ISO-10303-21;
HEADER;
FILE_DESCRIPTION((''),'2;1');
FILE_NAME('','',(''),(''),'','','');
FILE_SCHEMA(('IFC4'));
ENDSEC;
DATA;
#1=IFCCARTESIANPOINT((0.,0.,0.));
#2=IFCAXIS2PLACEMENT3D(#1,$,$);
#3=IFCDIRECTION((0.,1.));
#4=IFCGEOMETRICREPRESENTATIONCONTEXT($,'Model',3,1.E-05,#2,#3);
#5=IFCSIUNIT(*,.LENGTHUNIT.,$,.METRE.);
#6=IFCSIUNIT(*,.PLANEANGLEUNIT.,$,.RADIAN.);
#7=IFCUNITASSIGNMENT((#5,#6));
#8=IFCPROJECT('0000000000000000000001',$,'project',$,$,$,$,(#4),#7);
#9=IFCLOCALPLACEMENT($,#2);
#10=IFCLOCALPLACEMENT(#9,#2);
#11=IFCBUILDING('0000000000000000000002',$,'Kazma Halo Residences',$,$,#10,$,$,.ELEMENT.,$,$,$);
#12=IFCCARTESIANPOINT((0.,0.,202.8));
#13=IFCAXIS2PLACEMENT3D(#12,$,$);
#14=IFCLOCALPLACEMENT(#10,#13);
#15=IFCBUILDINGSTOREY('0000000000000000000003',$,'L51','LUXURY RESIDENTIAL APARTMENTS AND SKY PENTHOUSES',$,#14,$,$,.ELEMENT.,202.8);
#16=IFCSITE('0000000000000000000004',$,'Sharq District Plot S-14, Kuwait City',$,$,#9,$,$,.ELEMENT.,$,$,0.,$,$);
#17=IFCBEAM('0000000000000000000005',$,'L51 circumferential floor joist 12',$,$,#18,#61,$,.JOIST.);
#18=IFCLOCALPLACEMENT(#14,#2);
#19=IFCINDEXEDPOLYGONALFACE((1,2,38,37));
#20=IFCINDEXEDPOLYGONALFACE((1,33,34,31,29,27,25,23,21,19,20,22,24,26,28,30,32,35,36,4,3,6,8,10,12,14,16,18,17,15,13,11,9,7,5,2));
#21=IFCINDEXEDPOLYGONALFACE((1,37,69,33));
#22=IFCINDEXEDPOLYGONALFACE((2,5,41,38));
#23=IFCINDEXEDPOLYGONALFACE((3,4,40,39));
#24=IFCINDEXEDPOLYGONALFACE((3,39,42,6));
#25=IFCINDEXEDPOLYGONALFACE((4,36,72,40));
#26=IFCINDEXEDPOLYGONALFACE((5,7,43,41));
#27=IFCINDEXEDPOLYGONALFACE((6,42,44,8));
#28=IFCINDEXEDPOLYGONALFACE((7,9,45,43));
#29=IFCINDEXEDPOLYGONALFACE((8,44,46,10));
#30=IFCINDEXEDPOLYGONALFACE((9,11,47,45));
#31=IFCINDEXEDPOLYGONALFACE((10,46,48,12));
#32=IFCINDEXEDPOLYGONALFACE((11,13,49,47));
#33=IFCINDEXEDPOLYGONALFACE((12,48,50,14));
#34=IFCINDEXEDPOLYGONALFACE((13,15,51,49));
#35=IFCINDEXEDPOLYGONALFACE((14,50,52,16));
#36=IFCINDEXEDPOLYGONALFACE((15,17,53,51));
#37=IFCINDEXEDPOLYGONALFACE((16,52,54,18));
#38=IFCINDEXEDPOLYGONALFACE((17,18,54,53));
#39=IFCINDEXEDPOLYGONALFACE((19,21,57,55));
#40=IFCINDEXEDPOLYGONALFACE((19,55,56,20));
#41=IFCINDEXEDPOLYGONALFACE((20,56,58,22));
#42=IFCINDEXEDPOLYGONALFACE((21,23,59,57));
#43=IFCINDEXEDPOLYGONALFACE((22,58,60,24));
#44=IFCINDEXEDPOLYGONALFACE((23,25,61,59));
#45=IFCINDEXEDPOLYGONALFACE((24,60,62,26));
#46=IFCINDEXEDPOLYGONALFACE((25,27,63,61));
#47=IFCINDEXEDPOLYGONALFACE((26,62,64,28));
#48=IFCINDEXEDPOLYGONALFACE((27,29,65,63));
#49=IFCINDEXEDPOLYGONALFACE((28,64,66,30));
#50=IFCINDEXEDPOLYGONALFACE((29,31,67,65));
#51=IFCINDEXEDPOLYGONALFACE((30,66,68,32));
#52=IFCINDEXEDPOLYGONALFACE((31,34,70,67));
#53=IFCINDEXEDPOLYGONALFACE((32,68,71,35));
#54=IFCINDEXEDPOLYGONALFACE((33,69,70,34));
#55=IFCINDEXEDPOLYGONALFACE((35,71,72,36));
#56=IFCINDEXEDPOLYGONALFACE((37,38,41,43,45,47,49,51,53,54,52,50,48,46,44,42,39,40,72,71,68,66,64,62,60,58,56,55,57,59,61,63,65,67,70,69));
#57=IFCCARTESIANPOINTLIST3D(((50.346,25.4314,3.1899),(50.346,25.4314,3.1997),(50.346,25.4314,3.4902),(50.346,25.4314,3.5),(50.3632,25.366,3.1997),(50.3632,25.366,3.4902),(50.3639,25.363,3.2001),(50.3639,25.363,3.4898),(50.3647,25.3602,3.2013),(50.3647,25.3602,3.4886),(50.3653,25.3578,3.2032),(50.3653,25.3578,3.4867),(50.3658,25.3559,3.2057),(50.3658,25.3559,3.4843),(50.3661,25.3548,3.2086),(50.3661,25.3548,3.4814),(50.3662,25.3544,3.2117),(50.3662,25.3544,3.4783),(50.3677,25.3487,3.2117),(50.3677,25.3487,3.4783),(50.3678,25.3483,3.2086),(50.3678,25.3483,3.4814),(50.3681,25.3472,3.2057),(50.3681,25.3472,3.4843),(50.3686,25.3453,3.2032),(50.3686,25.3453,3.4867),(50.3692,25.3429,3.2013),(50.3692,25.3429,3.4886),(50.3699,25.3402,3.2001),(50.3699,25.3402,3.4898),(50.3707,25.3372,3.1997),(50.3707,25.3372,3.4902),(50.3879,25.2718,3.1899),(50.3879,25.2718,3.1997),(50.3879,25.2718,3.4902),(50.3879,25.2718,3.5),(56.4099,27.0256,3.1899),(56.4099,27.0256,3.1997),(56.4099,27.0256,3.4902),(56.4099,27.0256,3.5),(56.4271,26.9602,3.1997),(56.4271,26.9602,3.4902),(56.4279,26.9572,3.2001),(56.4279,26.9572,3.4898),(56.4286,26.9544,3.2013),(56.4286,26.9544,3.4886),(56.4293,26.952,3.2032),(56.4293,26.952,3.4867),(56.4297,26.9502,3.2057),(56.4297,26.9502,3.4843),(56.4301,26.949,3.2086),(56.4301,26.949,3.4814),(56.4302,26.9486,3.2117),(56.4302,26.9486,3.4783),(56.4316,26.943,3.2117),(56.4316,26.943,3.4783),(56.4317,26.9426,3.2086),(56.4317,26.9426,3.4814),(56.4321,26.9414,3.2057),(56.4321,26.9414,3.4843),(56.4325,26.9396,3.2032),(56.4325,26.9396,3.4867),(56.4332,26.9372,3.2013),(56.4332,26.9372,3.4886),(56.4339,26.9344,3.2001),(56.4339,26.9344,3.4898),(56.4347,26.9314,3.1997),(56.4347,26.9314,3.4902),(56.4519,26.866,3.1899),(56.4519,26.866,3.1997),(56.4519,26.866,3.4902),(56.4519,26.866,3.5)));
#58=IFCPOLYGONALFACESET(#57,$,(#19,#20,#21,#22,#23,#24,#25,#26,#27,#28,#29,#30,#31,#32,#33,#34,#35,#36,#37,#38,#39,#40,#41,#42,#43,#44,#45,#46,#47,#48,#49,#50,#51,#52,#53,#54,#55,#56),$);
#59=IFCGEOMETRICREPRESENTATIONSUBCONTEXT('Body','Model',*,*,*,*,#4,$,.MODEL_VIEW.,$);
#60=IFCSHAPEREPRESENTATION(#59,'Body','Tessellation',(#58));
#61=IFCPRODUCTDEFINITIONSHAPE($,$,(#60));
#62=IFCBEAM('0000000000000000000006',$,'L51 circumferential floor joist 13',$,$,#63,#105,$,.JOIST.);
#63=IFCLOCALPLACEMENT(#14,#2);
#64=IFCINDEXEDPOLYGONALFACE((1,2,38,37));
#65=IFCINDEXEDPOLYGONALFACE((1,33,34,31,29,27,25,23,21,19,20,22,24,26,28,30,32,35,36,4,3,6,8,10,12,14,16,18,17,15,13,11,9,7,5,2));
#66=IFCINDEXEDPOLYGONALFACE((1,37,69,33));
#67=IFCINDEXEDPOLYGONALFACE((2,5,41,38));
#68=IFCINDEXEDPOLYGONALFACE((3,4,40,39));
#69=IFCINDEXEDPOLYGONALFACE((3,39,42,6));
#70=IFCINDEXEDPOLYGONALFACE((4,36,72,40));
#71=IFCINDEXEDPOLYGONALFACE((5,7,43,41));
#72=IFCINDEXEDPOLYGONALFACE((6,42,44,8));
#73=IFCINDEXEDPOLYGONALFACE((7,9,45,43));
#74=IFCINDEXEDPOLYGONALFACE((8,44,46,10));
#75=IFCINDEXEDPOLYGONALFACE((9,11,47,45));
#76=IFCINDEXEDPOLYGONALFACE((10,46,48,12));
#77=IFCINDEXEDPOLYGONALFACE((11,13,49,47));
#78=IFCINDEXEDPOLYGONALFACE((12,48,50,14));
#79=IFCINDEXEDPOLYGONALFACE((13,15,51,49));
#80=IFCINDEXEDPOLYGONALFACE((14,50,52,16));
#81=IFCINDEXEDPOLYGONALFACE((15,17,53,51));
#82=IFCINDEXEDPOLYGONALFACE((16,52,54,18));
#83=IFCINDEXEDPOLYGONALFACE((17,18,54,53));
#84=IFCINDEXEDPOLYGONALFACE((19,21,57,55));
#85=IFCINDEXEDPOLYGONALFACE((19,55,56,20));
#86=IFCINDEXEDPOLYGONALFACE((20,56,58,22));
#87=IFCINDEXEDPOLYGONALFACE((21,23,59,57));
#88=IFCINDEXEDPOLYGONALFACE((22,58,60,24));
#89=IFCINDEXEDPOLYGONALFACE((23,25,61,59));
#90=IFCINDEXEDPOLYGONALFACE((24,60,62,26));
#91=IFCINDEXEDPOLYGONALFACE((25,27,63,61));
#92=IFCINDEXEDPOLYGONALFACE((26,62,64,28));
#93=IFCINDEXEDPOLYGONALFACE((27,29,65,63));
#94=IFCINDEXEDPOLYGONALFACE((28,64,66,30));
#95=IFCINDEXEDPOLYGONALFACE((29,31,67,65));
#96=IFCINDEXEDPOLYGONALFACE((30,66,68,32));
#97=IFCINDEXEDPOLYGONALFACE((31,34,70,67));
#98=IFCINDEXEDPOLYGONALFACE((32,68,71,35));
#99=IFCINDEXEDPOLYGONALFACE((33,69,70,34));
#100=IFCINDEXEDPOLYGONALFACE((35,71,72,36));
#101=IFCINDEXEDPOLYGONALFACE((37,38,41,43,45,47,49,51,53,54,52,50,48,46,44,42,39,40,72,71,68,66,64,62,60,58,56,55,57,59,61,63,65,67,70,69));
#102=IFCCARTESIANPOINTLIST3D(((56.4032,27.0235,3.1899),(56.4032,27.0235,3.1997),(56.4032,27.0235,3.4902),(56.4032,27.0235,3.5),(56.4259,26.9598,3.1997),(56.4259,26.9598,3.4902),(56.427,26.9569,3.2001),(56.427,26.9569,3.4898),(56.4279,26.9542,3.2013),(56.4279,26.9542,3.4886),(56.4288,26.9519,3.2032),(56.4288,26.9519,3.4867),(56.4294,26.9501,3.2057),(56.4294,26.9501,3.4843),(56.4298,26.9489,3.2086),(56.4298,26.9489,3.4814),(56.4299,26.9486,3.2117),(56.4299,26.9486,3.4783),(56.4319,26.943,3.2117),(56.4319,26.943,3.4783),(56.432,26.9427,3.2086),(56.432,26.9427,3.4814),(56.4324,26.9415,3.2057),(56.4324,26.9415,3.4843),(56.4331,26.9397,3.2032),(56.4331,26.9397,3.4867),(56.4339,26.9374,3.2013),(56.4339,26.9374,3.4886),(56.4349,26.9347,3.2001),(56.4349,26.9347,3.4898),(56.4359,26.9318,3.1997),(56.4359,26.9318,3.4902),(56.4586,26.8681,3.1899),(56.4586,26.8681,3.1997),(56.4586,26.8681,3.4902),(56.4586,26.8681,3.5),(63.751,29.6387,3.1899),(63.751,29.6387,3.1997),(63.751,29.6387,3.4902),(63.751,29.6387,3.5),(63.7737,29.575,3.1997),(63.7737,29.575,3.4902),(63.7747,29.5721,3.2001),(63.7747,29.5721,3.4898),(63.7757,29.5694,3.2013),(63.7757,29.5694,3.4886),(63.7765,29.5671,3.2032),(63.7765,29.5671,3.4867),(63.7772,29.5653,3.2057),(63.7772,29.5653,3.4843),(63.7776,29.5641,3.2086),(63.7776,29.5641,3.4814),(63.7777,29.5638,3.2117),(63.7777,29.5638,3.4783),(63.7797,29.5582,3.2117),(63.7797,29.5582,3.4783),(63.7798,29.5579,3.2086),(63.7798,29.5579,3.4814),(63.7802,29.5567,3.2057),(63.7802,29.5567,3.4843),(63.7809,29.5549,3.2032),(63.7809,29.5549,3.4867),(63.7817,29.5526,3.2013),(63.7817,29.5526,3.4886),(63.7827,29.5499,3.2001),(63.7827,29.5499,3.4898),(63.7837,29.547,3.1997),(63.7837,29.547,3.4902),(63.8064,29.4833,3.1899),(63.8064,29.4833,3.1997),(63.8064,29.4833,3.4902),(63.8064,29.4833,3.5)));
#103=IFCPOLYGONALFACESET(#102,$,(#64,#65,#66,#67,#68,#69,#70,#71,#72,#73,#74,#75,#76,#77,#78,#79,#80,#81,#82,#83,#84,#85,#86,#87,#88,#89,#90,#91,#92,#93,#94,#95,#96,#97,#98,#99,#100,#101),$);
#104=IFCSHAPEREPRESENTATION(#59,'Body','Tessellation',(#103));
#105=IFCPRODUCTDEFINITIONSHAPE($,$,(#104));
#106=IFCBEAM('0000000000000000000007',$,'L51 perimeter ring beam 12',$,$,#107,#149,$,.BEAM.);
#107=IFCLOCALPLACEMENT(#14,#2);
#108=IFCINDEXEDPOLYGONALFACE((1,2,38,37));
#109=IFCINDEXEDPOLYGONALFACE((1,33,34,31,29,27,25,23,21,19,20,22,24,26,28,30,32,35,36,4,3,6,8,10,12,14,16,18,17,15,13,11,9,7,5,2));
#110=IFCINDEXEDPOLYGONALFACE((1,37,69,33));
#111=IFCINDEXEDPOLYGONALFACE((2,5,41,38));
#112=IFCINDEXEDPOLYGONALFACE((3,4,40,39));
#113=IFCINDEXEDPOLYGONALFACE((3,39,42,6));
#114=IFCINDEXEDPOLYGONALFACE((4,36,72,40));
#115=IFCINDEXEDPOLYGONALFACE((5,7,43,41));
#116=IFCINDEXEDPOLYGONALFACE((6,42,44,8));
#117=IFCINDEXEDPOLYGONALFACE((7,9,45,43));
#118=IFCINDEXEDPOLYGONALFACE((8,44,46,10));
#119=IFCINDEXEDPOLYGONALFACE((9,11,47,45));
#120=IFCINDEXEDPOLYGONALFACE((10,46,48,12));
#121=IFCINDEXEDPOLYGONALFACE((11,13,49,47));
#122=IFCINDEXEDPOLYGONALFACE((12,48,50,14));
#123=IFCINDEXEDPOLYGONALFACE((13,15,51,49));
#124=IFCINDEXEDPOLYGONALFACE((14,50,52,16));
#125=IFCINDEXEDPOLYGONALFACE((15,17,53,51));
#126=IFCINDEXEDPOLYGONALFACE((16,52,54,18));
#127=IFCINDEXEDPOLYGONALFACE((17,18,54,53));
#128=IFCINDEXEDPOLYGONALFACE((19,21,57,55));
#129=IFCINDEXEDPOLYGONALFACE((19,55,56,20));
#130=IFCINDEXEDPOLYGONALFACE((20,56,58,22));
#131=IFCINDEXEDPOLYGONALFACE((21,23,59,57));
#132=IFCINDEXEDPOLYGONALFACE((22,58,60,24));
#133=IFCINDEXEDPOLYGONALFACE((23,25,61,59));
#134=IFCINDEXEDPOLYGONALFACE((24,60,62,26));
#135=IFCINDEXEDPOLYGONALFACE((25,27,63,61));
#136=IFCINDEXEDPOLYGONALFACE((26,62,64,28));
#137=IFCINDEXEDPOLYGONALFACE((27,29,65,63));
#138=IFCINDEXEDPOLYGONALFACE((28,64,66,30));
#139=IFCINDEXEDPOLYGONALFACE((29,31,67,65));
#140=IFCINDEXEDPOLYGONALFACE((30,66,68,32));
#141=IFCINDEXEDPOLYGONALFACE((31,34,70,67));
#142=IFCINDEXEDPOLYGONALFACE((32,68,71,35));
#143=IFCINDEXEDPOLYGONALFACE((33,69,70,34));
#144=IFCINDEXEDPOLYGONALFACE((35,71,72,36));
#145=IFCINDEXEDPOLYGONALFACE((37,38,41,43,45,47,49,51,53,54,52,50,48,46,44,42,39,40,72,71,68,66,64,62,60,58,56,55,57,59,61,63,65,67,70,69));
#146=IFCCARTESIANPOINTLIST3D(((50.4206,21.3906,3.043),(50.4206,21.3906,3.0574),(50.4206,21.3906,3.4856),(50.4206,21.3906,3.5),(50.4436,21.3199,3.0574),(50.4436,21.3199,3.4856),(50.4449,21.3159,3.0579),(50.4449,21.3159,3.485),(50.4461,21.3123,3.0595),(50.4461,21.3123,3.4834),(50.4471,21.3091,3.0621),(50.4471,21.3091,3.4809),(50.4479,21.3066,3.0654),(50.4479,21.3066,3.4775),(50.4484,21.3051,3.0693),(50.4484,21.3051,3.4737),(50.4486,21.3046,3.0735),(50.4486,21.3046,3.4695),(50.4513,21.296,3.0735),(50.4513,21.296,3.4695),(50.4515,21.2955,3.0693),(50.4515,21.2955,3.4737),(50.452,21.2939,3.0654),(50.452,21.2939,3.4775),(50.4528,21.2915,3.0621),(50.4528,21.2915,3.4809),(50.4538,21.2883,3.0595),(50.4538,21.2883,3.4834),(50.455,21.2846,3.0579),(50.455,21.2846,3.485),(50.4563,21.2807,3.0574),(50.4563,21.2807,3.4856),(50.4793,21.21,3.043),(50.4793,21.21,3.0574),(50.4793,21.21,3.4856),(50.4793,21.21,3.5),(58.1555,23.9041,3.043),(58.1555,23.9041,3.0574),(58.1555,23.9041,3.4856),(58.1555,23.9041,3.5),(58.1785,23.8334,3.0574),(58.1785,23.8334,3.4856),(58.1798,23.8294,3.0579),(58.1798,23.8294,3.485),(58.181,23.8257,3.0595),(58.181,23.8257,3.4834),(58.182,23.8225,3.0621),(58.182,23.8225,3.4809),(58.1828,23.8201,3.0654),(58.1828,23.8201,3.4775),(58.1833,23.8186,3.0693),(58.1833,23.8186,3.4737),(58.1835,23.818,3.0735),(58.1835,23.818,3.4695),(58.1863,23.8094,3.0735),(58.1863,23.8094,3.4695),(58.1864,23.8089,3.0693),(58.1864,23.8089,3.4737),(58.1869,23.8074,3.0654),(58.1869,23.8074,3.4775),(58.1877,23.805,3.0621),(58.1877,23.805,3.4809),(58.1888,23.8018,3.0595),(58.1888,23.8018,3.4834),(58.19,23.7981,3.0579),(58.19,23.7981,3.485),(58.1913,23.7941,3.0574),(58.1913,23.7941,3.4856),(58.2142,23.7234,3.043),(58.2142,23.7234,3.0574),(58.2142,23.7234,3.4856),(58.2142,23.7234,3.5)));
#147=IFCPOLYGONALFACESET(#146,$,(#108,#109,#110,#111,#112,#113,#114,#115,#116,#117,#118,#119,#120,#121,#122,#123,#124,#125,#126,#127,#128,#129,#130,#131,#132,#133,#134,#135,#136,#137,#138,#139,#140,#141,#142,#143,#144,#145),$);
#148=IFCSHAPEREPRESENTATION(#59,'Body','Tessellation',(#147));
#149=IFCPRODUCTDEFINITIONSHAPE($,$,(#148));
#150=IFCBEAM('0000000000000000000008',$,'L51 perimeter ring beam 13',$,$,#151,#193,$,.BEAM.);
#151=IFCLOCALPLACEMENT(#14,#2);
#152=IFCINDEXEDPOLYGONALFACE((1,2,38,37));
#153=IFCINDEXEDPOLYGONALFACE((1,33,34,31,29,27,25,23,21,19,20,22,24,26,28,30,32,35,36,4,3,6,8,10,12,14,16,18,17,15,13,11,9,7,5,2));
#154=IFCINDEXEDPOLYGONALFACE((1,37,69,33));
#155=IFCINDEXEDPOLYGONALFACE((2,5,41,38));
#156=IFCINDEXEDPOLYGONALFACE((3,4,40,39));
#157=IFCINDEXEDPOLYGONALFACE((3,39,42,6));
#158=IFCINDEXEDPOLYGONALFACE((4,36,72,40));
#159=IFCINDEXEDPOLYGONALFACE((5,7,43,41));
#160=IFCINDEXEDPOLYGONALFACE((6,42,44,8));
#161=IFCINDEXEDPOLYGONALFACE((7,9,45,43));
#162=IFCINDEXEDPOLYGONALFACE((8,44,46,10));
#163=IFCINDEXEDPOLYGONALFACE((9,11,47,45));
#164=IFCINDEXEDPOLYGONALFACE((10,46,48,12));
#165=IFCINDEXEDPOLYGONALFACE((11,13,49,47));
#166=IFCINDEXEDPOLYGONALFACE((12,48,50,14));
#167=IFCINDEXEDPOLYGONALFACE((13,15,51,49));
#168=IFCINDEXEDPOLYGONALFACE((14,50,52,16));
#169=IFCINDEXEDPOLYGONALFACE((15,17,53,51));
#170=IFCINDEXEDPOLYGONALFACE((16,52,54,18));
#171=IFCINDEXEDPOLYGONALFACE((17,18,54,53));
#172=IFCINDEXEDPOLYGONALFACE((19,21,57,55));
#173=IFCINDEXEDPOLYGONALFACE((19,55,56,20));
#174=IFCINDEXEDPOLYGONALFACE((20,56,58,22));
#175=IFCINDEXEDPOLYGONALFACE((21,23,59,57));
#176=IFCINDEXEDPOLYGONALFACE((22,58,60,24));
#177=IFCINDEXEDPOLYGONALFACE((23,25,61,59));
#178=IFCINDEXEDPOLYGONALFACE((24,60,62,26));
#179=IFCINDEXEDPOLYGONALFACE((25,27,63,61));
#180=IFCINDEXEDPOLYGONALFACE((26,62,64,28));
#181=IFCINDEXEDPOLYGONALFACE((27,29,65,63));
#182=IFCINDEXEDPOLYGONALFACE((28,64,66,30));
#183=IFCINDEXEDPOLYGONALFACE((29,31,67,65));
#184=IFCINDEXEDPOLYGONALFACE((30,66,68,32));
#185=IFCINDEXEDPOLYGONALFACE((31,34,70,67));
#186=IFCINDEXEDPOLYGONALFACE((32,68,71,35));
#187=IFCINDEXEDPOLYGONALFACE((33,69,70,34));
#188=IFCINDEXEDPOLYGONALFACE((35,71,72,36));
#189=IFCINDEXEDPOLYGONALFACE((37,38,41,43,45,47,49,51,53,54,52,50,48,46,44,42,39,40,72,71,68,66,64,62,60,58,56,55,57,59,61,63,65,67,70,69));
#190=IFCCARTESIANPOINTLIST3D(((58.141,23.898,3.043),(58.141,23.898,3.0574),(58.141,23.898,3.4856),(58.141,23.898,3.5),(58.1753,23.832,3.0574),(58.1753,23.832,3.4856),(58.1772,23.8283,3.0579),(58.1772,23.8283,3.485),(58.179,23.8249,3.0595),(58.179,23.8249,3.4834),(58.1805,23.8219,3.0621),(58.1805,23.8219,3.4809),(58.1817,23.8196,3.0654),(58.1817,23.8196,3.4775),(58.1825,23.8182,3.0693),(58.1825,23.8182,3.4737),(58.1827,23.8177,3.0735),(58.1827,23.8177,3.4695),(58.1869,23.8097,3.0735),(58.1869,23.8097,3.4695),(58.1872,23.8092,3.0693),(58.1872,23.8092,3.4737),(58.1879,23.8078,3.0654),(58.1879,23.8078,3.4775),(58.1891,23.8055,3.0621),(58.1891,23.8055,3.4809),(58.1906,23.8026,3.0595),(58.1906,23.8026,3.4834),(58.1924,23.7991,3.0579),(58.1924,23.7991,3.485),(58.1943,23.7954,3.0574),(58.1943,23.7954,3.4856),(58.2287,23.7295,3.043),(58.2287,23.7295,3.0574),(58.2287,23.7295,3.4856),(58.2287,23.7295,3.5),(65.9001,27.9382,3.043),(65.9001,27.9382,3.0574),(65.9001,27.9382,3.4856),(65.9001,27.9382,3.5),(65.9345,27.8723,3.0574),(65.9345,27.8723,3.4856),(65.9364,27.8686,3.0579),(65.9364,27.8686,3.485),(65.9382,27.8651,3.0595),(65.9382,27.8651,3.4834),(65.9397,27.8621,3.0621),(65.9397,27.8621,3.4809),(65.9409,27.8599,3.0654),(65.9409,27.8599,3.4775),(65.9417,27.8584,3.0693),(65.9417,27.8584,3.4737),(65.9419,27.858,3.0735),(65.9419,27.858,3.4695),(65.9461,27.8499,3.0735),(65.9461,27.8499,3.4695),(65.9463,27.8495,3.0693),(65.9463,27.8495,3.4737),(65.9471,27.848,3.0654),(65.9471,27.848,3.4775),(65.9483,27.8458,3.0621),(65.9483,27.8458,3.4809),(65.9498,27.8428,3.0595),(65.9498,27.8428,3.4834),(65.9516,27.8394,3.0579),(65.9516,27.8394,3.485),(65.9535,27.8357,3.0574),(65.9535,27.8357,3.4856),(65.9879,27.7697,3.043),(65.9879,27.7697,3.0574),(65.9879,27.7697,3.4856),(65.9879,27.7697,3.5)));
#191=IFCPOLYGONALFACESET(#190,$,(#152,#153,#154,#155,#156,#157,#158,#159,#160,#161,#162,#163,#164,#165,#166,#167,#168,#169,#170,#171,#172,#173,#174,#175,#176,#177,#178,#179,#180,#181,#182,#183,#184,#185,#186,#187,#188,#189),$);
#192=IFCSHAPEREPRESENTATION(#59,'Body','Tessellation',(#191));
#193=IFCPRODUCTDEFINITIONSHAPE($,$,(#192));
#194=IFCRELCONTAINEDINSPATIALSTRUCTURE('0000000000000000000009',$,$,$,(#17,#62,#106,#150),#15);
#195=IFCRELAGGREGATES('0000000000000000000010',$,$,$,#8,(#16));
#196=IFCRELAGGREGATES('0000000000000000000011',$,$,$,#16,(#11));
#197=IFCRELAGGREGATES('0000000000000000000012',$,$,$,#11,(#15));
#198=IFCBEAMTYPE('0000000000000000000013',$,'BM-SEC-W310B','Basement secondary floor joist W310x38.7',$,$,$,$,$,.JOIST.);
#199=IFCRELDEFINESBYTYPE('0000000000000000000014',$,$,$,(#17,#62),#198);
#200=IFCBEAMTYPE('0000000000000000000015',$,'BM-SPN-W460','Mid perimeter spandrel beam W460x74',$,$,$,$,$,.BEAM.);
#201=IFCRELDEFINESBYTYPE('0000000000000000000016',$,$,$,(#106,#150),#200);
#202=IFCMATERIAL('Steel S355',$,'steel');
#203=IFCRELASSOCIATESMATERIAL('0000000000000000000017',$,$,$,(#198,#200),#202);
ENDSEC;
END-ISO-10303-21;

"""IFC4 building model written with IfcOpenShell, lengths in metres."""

from ifc_helpers import new_model, si_unit, direction, frame, origin, origin_2d, place, context, subcontext, project, spatial, i_section, extrude, material, material_profile, profile_set, type_object, element, save


model = new_model("IFC4")

# Units and contexts
model_context = context("Model", 3, precision=1e-05, world=origin(), true_north=direction((0.0, 1.0)))
body_context = subcontext(model_context, "Body", "Model", "MODEL_VIEW")
ifc_project = project(units=[si_unit("LENGTHUNIT", "METRE"), si_unit("PLANEANGLEUNIT", "RADIAN")], contexts=[model_context])

# Site, building, storey
site_placement = place(None, origin())
site = spatial("IfcSite", under=ifc_project, at=site_placement, Name="Sharq District Plot S-14, Kuwait City", CompositionType="ELEMENT", RefElevation=0.0)
building_placement = place(site_placement, origin())
building = spatial("IfcBuilding", under=site, at=building_placement, Name="Kazma Halo Residences", CompositionType="ELEMENT")
storey_placement = place(building_placement, frame((0.0, 0.0, 202.8)))
storey = spatial("IfcBuildingStorey", under=building, at=storey_placement, Name="L51", Description="LUXURY RESIDENTIAL APARTMENTS AND SKY PENTHOUSES", CompositionType="ELEMENT", Elevation=202.8)

# Beams
ifc_material_1 = material(Name="Steel S355", Category="steel")
ifc_material_profile_1 = material_profile(ifc_material_1, i_section(OverallWidth=0.165, OverallDepth=0.3101, WebThickness=0.0059, FlangeThickness=0.0098, FilletRadius=0.012, at=origin_2d()), Name="W310x38.7")
ifc_profile_set_1 = profile_set([ifc_material_profile_1], Name="Steel S355")
beam_type_1 = type_object("IfcBeamType", Name="BM-SEC-W310B", Description="Basement secondary floor joist W310x38.7", PredefinedType="JOIST", material=ifc_profile_set_1)
beam_1_placement = place(storey_placement, frame((50.3669, 25.3516, 3.345), z_axis=(0.967135, 0.254263, 0.0), x_axis=(-0.254263, 0.967135, 0.0)))
element("IfcBeam", 1, at=beam_1_placement, inside=storey, type_object=beam_type_1, Name="L51 circumferential floor joist 12", PredefinedType="JOIST", context=body_context, shape_type="SweptSolid", body=[
    extrude(i_section(OverallWidth=0.165, OverallDepth=0.3101, WebThickness=0.0059, FlangeThickness=0.0098, FilletRadius=0.012, at=origin_2d()), origin(), (0.0, 0.0, 1.0), 6.27),
])
beam_2_placement = place(storey_placement, frame((56.4309, 26.9458, 3.345), z_axis=(0.942107, 0.335311, 0.0), x_axis=(-0.335311, 0.942107, 0.0)))
element("IfcBeam", 2, at=beam_2_placement, inside=storey, type_object=beam_type_1, Name="L51 circumferential floor joist 13", PredefinedType="JOIST", context=body_context, shape_type="SweptSolid", body=[
    extrude(i_section(OverallWidth=0.165, OverallDepth=0.3101, WebThickness=0.0059, FlangeThickness=0.0098, FilletRadius=0.012, at=origin_2d()), origin(), (0.0, 0.0, 1.0), 7.7993),
])
ifc_material_profile_2 = material_profile(ifc_material_1, i_section(OverallWidth=0.1899, OverallDepth=0.457, WebThickness=0.009, FlangeThickness=0.0144, FilletRadius=0.0161, at=origin_2d()), Name="W460x74")
ifc_profile_set_2 = profile_set([ifc_material_profile_2], Name="Steel S355")
beam_type_2 = type_object("IfcBeamType", Name="BM-SPN-W460", Description="Mid perimeter spandrel beam W460x74", PredefinedType="BEAM", material=ifc_profile_set_2)
beam_3_placement = place(storey_placement, frame((50.45, 21.3003, 3.2715), z_axis=(0.951049, 0.309041, 0.0), x_axis=(-0.309041, 0.951049, 0.0)))
element("IfcBeam", 3, at=beam_3_placement, inside=storey, type_object=beam_type_2, Name="L51 perimeter ring beam 12", PredefinedType="BEAM", context=body_context, shape_type="SweptSolid", body=[
    extrude(i_section(OverallWidth=0.1899, OverallDepth=0.457, WebThickness=0.009, FlangeThickness=0.0144, FilletRadius=0.0161, at=origin_2d()), origin(), (0.0, 0.0, 1.0), 8.1331),
])
beam_4_placement = place(storey_placement, frame((58.1848, 23.8137, 3.2715), z_axis=(0.886961, 0.461844, 0.0), x_axis=(-0.461844, 0.886961, 0.0)))
element("IfcBeam", 4, at=beam_4_placement, inside=storey, type_object=beam_type_2, Name="L51 perimeter ring beam 13", PredefinedType="BEAM", context=body_context, shape_type="SweptSolid", body=[
    extrude(i_section(OverallWidth=0.1899, OverallDepth=0.457, WebThickness=0.009, FlangeThickness=0.0144, FilletRadius=0.0161, at=origin_2d()), origin(), (0.0, 0.0, 1.0), 8.748),
])

save(model, "model.ifc")
